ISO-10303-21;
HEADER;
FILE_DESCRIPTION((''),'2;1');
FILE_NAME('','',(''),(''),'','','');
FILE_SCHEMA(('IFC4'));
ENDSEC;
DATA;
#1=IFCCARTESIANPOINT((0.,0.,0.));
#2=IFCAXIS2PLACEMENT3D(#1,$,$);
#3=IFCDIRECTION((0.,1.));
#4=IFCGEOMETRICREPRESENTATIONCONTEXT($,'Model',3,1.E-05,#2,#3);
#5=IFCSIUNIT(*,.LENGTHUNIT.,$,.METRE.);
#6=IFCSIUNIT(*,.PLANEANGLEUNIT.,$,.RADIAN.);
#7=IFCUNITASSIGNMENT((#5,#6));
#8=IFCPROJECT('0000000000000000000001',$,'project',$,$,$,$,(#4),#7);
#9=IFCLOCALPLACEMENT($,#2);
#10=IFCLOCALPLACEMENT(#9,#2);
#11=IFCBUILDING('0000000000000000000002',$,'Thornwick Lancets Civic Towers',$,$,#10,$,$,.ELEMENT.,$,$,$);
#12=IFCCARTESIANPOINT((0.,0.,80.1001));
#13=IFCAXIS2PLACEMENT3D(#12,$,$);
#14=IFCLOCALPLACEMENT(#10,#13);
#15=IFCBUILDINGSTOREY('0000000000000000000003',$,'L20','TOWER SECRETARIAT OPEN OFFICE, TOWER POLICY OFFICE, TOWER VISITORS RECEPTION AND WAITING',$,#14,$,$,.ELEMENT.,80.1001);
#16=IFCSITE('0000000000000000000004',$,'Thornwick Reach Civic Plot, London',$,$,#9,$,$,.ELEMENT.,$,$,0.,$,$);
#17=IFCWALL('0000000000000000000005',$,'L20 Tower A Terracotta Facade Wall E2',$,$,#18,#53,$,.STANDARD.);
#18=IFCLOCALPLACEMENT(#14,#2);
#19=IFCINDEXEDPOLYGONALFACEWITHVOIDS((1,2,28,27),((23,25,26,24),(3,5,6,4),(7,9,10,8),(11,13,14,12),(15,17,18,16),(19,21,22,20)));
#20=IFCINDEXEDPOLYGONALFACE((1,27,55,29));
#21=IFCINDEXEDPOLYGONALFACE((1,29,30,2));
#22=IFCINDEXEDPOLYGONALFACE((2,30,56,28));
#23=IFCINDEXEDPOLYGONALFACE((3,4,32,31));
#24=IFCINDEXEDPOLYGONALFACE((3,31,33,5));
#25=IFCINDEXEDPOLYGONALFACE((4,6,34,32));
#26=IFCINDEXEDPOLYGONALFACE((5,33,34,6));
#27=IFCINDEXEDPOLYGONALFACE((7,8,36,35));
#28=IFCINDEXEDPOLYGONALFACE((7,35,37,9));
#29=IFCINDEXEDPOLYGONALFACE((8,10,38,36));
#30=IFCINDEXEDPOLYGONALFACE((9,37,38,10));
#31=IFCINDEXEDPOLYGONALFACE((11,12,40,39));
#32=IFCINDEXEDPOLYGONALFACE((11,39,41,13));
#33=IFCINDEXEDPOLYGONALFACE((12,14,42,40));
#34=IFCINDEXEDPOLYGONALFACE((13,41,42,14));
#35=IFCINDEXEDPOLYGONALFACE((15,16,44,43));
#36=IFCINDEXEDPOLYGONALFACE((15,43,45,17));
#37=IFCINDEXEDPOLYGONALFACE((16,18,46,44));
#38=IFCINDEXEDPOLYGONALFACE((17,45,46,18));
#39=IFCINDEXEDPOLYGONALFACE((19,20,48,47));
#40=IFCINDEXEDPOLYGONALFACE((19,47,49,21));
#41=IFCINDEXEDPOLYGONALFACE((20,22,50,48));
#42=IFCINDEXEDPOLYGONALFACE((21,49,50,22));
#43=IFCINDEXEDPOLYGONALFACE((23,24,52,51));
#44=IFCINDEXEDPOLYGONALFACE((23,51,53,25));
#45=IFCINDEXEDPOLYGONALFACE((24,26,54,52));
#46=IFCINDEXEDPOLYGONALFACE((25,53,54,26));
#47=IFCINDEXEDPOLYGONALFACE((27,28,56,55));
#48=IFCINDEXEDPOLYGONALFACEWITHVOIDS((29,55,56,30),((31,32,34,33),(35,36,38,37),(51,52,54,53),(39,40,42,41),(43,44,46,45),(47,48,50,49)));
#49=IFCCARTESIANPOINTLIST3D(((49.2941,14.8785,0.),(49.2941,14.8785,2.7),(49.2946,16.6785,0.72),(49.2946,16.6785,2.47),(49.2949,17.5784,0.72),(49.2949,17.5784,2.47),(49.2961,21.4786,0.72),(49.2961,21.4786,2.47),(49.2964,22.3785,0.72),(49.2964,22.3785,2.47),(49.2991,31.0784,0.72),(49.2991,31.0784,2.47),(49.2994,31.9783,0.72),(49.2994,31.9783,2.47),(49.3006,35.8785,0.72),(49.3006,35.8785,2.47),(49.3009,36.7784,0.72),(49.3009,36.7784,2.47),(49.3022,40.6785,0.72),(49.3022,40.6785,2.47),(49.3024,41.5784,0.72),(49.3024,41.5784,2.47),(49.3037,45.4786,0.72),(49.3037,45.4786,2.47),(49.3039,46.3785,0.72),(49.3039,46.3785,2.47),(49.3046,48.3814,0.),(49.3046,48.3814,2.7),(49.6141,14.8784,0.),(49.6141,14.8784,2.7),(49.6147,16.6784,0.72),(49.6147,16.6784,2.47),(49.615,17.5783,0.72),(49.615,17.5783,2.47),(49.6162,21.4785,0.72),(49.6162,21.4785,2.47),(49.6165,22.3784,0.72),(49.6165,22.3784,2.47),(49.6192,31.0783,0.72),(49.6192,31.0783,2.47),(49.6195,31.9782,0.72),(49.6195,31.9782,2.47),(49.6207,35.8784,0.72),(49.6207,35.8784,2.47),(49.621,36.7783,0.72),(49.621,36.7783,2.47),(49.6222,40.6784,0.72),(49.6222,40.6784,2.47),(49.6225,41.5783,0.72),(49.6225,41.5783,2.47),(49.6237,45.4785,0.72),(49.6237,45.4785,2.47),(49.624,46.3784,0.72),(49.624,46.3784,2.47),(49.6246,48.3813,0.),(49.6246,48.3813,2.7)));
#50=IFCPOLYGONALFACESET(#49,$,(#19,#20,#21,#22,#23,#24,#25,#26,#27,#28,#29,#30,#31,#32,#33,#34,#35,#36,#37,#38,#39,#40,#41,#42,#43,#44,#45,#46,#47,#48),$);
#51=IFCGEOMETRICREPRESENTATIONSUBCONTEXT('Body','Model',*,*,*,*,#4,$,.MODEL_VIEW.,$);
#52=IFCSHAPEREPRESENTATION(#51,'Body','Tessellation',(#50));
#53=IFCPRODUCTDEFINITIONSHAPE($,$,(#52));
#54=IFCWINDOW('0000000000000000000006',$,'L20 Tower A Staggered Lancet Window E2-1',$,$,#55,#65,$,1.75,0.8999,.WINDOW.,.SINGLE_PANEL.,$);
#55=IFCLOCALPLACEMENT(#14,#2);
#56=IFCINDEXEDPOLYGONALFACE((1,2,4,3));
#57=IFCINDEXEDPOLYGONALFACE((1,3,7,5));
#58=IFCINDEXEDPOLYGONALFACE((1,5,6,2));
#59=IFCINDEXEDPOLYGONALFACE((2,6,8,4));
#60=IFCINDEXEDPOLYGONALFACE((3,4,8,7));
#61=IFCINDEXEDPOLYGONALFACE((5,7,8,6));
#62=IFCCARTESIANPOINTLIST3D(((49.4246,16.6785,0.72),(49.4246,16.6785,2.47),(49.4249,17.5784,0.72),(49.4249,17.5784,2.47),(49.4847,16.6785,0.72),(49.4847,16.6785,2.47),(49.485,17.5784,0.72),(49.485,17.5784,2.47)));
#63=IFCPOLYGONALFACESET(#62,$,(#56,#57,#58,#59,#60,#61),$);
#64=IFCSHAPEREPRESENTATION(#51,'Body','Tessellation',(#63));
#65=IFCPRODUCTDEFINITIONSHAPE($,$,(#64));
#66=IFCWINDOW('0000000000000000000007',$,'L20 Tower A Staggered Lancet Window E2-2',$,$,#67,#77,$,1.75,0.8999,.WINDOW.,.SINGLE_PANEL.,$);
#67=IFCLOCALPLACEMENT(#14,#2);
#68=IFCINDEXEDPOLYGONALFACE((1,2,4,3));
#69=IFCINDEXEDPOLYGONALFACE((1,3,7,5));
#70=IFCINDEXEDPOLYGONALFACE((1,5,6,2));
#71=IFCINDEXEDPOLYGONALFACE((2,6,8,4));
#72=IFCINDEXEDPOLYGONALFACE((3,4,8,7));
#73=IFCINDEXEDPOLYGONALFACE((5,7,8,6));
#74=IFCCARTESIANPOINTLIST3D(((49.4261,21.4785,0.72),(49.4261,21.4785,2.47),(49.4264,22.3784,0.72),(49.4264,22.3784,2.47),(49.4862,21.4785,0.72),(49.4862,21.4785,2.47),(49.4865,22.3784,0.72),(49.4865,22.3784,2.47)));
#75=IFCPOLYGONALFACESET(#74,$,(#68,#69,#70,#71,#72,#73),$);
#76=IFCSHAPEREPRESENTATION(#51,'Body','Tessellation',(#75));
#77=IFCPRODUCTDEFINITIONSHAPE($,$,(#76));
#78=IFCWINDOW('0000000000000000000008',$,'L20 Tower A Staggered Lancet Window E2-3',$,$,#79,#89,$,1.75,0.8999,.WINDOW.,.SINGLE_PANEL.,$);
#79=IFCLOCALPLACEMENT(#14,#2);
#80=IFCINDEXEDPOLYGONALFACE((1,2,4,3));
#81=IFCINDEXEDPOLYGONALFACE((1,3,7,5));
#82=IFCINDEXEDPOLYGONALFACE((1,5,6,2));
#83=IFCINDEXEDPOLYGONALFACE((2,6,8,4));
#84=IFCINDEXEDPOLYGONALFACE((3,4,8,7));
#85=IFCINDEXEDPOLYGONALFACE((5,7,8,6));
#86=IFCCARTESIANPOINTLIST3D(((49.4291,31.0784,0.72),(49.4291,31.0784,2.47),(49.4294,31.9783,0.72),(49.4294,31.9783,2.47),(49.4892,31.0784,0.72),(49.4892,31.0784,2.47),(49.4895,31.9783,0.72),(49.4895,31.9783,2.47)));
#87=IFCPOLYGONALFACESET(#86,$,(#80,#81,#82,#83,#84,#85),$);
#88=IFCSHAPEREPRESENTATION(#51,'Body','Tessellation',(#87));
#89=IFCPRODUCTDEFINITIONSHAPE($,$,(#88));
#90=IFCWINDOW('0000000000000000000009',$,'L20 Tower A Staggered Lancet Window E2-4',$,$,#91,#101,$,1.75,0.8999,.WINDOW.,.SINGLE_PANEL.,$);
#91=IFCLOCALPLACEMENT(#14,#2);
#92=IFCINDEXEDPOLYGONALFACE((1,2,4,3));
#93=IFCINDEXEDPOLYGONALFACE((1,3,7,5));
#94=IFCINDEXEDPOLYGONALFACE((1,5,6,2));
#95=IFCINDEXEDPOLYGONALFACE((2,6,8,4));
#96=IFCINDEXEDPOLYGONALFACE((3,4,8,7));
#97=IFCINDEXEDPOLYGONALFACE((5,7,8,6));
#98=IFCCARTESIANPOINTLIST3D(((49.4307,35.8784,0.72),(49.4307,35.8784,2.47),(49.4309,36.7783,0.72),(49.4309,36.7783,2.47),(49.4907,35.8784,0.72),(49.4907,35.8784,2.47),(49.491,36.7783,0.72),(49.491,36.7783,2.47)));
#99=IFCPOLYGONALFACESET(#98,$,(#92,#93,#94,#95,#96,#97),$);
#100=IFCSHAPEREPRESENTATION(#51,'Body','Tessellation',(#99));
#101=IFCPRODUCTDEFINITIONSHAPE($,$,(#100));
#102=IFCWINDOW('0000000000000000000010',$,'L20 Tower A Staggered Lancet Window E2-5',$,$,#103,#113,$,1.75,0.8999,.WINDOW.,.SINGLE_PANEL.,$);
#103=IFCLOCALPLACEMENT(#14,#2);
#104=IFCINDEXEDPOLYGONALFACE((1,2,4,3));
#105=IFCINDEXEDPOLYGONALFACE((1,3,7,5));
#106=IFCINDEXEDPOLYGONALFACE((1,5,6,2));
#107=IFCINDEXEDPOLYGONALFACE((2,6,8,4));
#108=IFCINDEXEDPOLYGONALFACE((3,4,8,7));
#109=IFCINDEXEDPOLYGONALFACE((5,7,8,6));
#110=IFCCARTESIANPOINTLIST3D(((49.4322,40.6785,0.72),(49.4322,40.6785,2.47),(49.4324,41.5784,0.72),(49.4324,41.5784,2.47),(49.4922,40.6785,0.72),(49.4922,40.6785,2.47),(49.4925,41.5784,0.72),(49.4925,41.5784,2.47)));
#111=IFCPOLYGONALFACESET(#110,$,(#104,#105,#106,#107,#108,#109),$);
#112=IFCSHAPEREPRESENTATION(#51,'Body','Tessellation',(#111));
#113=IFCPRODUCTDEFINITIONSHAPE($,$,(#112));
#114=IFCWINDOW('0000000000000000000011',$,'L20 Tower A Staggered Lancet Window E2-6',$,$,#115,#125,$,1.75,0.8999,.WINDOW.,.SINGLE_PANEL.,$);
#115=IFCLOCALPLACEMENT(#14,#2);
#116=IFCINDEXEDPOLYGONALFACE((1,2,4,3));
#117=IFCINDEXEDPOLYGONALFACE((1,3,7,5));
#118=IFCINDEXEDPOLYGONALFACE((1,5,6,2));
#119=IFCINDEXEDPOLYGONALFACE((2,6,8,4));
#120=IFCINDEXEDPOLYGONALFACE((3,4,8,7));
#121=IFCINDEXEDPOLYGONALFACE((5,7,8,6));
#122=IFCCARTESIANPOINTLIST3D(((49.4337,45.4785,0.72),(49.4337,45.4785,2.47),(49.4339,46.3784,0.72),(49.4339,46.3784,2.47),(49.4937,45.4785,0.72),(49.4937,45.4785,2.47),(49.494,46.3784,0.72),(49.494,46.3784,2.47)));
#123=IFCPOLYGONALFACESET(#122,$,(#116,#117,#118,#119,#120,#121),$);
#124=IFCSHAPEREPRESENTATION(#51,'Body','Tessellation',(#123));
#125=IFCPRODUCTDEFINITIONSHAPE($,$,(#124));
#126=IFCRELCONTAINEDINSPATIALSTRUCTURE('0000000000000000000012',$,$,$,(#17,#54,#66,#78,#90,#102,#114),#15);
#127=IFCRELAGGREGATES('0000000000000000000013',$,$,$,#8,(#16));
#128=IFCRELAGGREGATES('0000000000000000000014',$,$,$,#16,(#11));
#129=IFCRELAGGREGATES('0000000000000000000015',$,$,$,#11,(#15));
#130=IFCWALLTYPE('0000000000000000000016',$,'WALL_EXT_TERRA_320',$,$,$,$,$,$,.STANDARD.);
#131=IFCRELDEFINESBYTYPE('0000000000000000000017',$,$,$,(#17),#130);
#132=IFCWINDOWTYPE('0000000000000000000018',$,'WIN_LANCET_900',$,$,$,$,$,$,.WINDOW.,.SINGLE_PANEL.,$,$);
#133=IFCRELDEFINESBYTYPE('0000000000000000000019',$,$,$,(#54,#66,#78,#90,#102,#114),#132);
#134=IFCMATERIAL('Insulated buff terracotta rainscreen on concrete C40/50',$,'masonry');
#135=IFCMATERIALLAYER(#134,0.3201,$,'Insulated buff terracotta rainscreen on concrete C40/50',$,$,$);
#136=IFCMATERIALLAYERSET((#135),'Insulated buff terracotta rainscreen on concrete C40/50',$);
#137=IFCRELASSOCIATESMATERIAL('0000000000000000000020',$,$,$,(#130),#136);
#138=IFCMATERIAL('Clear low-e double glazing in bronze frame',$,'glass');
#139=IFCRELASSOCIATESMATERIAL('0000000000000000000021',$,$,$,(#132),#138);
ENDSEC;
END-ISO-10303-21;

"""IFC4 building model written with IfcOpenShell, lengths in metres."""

from ifc_helpers import new_model, si_unit, direction, frame, frame_2d, origin, place, context, subcontext, project, spatial, rectangle, extrude, material, layer, layer_set, type_object, element, fill, save


model = new_model("IFC4")

# Units and contexts
model_context = context("Model", 3, precision=1e-05, world=origin(), true_north=direction((0.0, 1.0)))
body_context = subcontext(model_context, "Body", "Model", "MODEL_VIEW")
ifc_project = project(units=[si_unit("LENGTHUNIT", "METRE"), si_unit("PLANEANGLEUNIT", "RADIAN")], contexts=[model_context])

# Site, building, storey
site_placement = place(None, origin())
site = spatial("IfcSite", under=ifc_project, at=site_placement, Name="Thornwick Reach Civic Plot, London", CompositionType="ELEMENT", RefElevation=0.0)
building_placement = place(site_placement, origin())
building = spatial("IfcBuilding", under=site, at=building_placement, Name="Thornwick Lancets Civic Towers", CompositionType="ELEMENT")
storey_placement = place(building_placement, frame((0.0, 0.0, 80.1001)))
storey = spatial("IfcBuildingStorey", under=building, at=storey_placement, Name="L20", Description="TOWER SECRETARIAT OPEN OFFICE, TOWER POLICY OFFICE, TOWER VISITORS RECEPTION AND WAITING", CompositionType="ELEMENT", Elevation=80.1001)

# Wall, openings, windows
ifc_material_1 = material(Name="Insulated buff terracotta rainscreen on concrete C40/50", Category="masonry")
ifc_layer_1 = layer(ifc_material_1, 0.3201, Name="Insulated buff terracotta rainscreen on concrete C40/50")
ifc_layer_set_1 = layer_set([ifc_layer_1], Name="Insulated buff terracotta rainscreen on concrete C40/50")
wall_type_1 = type_object("IfcWallType", Name="WALL_EXT_TERRA_320", PredefinedType="STANDARD", material=ifc_layer_set_1)
wall_1_placement = place(storey_placement, frame((49.4541, 14.8784, 0.0), z_axis=(0.0, 0.0, 1.0), x_axis=(0.000313, 1.0, 0.0)))
wall_1 = element("IfcWall", 1, at=wall_1_placement, inside=storey, type_object=wall_type_1, Name="L20 Tower A Terracotta Facade Wall E2", PredefinedType="STANDARD", context=body_context, shape_type="SweptSolid", body=[
    extrude(rectangle(XDim=33.5029, YDim=0.3201, at=frame_2d((16.7515, 0.0))), origin(), (0.0, 0.0, 1.0), 2.7),
])
opening_1_placement = place(wall_1_placement, frame((1.8, 0.0, 0.72)))
opening_1 = element("IfcOpeningElement", 2, at=opening_1_placement, cuts=wall_1, PredefinedType="OPENING", context=body_context, shape_type="SweptSolid", body=[
    extrude(rectangle(XDim=0.8999, YDim=1.75, at=frame_2d((0.45, 0.875))), frame((0.0, 0.1699, 0.0), z_axis=(0.0, -1.0, 0.0), x_axis=(1.0, 0.0, 0.0)), (0.0, 0.0, 1.0), 0.3401),
])
opening_2_placement = place(wall_1_placement, frame((6.6001, 0.0, 0.72)))
opening_2 = element("IfcOpeningElement", 3, at=opening_2_placement, cuts=wall_1, PredefinedType="OPENING", context=body_context, shape_type="SweptSolid", body=[
    extrude(rectangle(XDim=0.8999, YDim=1.75, at=frame_2d((0.45, 0.875))), frame((0.0, 0.1699, 0.0), z_axis=(0.0, -1.0, 0.0), x_axis=(1.0, 0.0, 0.0)), (0.0, 0.0, 1.0), 0.3401),
])
opening_3_placement = place(wall_1_placement, frame((16.2, 0.0, 0.72)))
opening_3 = element("IfcOpeningElement", 4, at=opening_3_placement, cuts=wall_1, PredefinedType="OPENING", context=body_context, shape_type="SweptSolid", body=[
    extrude(rectangle(XDim=0.8999, YDim=1.75, at=frame_2d((0.45, 0.875))), frame((0.0, 0.1699, 0.0), z_axis=(0.0, -1.0, 0.0), x_axis=(1.0, 0.0, 0.0)), (0.0, 0.0, 1.0), 0.3401),
])
opening_4_placement = place(wall_1_placement, frame((21.0, 0.0, 0.72)))
opening_4 = element("IfcOpeningElement", 5, at=opening_4_placement, cuts=wall_1, PredefinedType="OPENING", context=body_context, shape_type="SweptSolid", body=[
    extrude(rectangle(XDim=0.8999, YDim=1.75, at=frame_2d((0.45, 0.875))), frame((0.0, 0.1699, 0.0), z_axis=(0.0, -1.0, 0.0), x_axis=(1.0, 0.0, 0.0)), (0.0, 0.0, 1.0), 0.3401),
])
opening_5_placement = place(wall_1_placement, frame((25.8, 0.0, 0.72)))
opening_5 = element("IfcOpeningElement", 6, at=opening_5_placement, cuts=wall_1, PredefinedType="OPENING", context=body_context, shape_type="SweptSolid", body=[
    extrude(rectangle(XDim=0.8999, YDim=1.75, at=frame_2d((0.45, 0.875))), frame((0.0, 0.1699, 0.0), z_axis=(0.0, -1.0, 0.0), x_axis=(1.0, 0.0, 0.0)), (0.0, 0.0, 1.0), 0.3401),
])
opening_6_placement = place(wall_1_placement, frame((30.6001, 0.0, 0.72)))
opening_6 = element("IfcOpeningElement", 7, at=opening_6_placement, cuts=wall_1, PredefinedType="OPENING", context=body_context, shape_type="SweptSolid", body=[
    extrude(rectangle(XDim=0.8999, YDim=1.75, at=frame_2d((0.45, 0.875))), frame((0.0, 0.1699, 0.0), z_axis=(0.0, -1.0, 0.0), x_axis=(1.0, 0.0, 0.0)), (0.0, 0.0, 1.0), 0.3401),
])
ifc_material_2 = material(Name="Clear low-e double glazing in bronze frame", Category="glass")
window_type = type_object("IfcWindowType", Name="WIN_LANCET_900", PartitioningType="SINGLE_PANEL", PredefinedType="WINDOW", material=ifc_material_2)
window_1_placement = place(opening_1_placement, origin())
window_1 = element("IfcWindow", 8, at=window_1_placement, inside=storey, type_object=window_type, Name="L20 Tower A Staggered Lancet Window E2-1", OverallHeight=1.75, OverallWidth=0.8999, PartitioningType="SINGLE_PANEL", PredefinedType="WINDOW", context=body_context, shape_type="SweptSolid", body=[
    extrude(rectangle(XDim=0.8999, YDim=1.75, at=frame_2d((0.45, 0.875))), frame((0.0, 0.03, 0.0), z_axis=(0.0, -1.0, 0.0), x_axis=(1.0, 0.0, 0.0)), (0.0, 0.0, 1.0), 0.0601),
])
fill(opening_1, window_1)
window_2_placement = place(opening_2_placement, origin())
window_2 = element("IfcWindow", 9, at=window_2_placement, inside=storey, type_object=window_type, Name="L20 Tower A Staggered Lancet Window E2-2", OverallHeight=1.75, OverallWidth=0.8999, PartitioningType="SINGLE_PANEL", PredefinedType="WINDOW", context=body_context, shape_type="SweptSolid", body=[
    extrude(rectangle(XDim=0.8999, YDim=1.75, at=frame_2d((0.45, 0.875))), frame((0.0, 0.03, 0.0), z_axis=(0.0, -1.0, 0.0), x_axis=(1.0, 0.0, 0.0)), (0.0, 0.0, 1.0), 0.0601),
])
fill(opening_2, window_2)
window_3_placement = place(opening_3_placement, origin())
window_3 = element("IfcWindow", 10, at=window_3_placement, inside=storey, type_object=window_type, Name="L20 Tower A Staggered Lancet Window E2-3", OverallHeight=1.75, OverallWidth=0.8999, PartitioningType="SINGLE_PANEL", PredefinedType="WINDOW", context=body_context, shape_type="SweptSolid", body=[
    extrude(rectangle(XDim=0.8999, YDim=1.75, at=frame_2d((0.45, 0.875))), frame((0.0, 0.03, 0.0), z_axis=(0.0, -1.0, 0.0), x_axis=(1.0, 0.0, 0.0)), (0.0, 0.0, 1.0), 0.0601),
])
fill(opening_3, window_3)
window_4_placement = place(opening_4_placement, origin())
window_4 = element("IfcWindow", 11, at=window_4_placement, inside=storey, type_object=window_type, Name="L20 Tower A Staggered Lancet Window E2-4", OverallHeight=1.75, OverallWidth=0.8999, PartitioningType="SINGLE_PANEL", PredefinedType="WINDOW", context=body_context, shape_type="SweptSolid", body=[
    extrude(rectangle(XDim=0.8999, YDim=1.75, at=frame_2d((0.45, 0.875))), frame((0.0, 0.03, 0.0), z_axis=(0.0, -1.0, 0.0), x_axis=(1.0, 0.0, 0.0)), (0.0, 0.0, 1.0), 0.0601),
])
fill(opening_4, window_4)
window_5_placement = place(opening_5_placement, origin())
window_5 = element("IfcWindow", 12, at=window_5_placement, inside=storey, type_object=window_type, Name="L20 Tower A Staggered Lancet Window E2-5", OverallHeight=1.75, OverallWidth=0.8999, PartitioningType="SINGLE_PANEL", PredefinedType="WINDOW", context=body_context, shape_type="SweptSolid", body=[
    extrude(rectangle(XDim=0.8999, YDim=1.75, at=frame_2d((0.45, 0.875))), frame((0.0, 0.03, 0.0), z_axis=(0.0, -1.0, 0.0), x_axis=(1.0, 0.0, 0.0)), (0.0, 0.0, 1.0), 0.0601),
])
fill(opening_5, window_5)
window_6_placement = place(opening_6_placement, origin())
window_6 = element("IfcWindow", 13, at=window_6_placement, inside=storey, type_object=window_type, Name="L20 Tower A Staggered Lancet Window E2-6", OverallHeight=1.75, OverallWidth=0.8999, PartitioningType="SINGLE_PANEL", PredefinedType="WINDOW", context=body_context, shape_type="SweptSolid", body=[
    extrude(rectangle(XDim=0.8999, YDim=1.75, at=frame_2d((0.45, 0.875))), frame((0.0, 0.03, 0.0), z_axis=(0.0, -1.0, 0.0), x_axis=(1.0, 0.0, 0.0)), (0.0, 0.0, 1.0), 0.0601),
])
fill(opening_6, window_6)

save(model, "model.ifc")
